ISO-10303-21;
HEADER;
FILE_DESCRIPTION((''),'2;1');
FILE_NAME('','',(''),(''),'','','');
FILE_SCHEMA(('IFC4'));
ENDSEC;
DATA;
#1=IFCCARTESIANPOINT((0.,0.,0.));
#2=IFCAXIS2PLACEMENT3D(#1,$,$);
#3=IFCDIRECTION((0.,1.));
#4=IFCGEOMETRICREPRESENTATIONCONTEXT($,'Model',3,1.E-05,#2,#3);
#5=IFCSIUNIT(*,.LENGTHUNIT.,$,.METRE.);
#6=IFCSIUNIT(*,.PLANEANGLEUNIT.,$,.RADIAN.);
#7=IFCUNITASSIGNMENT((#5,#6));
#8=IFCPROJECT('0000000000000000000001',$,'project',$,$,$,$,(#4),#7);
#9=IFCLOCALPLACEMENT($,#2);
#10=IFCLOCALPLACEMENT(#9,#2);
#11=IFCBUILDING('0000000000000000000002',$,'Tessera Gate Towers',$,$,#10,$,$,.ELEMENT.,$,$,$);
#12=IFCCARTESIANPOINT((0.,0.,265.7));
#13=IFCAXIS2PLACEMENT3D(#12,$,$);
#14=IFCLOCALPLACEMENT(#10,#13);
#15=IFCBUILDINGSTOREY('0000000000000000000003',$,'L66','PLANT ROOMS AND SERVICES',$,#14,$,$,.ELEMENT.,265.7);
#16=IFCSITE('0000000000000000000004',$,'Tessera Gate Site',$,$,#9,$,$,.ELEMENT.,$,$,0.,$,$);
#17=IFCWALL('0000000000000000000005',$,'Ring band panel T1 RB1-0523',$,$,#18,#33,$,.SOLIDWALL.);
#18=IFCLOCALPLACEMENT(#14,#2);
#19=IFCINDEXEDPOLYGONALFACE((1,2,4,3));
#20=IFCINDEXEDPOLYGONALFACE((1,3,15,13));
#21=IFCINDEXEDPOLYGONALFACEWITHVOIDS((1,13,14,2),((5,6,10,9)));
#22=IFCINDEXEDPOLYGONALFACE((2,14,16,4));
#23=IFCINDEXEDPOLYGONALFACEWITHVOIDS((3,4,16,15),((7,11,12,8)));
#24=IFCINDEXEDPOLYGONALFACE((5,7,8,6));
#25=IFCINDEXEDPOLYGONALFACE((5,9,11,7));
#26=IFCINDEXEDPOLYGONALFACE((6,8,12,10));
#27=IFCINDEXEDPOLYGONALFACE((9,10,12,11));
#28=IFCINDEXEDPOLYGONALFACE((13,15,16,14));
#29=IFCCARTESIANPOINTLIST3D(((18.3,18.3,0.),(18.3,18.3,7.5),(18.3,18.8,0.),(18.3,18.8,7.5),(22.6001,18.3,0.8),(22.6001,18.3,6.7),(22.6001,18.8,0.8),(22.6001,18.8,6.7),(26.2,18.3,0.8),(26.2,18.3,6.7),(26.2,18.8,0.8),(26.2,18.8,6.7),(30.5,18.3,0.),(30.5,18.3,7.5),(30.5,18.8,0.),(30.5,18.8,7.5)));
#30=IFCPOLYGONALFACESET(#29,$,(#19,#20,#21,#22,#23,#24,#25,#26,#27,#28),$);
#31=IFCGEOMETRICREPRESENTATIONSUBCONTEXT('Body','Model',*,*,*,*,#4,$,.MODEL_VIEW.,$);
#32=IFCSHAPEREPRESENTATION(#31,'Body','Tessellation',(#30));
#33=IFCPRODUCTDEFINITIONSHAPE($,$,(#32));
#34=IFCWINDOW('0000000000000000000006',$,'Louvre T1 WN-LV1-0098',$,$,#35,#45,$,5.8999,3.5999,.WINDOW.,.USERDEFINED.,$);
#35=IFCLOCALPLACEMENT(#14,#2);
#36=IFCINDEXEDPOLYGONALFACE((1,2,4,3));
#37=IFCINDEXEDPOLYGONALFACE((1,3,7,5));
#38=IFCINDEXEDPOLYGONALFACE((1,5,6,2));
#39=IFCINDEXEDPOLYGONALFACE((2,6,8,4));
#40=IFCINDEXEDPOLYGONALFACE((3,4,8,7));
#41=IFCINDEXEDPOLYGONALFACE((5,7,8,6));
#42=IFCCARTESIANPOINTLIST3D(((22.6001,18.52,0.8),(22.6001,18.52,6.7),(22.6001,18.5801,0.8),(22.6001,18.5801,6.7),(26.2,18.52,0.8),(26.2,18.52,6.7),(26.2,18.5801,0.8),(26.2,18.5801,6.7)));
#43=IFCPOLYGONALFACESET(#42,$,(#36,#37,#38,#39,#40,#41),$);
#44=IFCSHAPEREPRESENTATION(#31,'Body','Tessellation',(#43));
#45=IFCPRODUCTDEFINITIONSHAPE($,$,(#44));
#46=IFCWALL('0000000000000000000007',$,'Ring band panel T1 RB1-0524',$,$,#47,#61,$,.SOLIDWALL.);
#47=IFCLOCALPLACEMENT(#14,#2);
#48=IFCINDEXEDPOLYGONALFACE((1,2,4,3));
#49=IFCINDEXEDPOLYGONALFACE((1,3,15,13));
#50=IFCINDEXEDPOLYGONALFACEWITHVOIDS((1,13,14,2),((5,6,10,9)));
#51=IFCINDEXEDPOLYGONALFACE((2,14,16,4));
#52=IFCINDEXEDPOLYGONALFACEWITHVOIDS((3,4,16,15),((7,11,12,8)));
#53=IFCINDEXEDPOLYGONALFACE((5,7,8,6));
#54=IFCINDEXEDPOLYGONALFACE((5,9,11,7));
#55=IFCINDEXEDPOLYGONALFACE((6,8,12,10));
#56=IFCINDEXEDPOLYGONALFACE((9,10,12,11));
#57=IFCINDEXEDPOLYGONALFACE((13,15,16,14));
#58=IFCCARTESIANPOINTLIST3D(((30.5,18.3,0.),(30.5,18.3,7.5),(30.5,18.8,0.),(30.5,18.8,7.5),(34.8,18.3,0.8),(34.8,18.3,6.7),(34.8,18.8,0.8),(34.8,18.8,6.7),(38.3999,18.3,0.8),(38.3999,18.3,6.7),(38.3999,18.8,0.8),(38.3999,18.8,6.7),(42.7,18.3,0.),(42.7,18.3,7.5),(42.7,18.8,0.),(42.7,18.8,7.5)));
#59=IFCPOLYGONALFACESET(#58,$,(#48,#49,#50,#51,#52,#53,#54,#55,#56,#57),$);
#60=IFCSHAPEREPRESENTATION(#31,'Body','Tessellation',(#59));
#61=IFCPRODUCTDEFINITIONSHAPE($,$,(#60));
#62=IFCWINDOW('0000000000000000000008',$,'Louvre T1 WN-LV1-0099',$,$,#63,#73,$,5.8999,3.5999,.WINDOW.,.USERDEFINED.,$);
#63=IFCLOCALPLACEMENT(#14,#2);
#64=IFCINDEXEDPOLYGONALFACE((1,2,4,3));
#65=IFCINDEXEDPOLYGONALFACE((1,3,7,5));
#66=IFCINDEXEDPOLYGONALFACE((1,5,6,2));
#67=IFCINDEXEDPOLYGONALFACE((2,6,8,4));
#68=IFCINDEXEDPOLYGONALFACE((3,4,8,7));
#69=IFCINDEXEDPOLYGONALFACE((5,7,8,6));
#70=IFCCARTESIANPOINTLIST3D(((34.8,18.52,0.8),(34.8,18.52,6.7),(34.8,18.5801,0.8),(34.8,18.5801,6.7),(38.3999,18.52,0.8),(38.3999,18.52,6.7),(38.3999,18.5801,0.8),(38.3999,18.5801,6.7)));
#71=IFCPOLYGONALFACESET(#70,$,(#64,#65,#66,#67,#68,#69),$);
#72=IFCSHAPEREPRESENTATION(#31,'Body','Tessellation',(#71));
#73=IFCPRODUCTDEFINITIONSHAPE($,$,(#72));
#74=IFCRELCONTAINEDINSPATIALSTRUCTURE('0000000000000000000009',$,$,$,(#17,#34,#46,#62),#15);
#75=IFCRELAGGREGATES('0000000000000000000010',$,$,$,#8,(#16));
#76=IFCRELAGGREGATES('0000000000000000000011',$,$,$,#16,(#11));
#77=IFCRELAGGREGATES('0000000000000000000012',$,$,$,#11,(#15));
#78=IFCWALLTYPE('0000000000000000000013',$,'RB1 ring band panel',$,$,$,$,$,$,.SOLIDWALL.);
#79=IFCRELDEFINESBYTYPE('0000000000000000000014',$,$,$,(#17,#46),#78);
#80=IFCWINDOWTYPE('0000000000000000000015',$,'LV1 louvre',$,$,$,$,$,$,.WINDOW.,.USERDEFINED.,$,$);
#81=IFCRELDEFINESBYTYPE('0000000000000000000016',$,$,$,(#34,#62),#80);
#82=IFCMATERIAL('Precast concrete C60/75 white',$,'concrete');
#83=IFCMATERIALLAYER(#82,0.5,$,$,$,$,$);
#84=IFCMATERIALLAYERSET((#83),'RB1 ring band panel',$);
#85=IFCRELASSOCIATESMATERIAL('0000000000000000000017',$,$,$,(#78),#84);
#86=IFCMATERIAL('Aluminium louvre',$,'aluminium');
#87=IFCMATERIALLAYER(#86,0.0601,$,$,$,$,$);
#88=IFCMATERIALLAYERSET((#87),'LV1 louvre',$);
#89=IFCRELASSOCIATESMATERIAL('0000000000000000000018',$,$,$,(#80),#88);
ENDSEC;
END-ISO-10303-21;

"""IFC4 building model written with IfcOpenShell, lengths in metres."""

from ifc_helpers import new_model, si_unit, direction, frame, origin, place, context, subcontext, project, spatial, polyline, outline, extrude, source, transform, mapped, material, layer, layer_set, type_object, element, fill, save


model = new_model("IFC4")

# Units and contexts
model_context = context("Model", 3, precision=1e-05, world=origin(), true_north=direction((0.0, 1.0)))
body_context = subcontext(model_context, "Body", "Model", "MODEL_VIEW")
ifc_project = project(units=[si_unit("LENGTHUNIT", "METRE"), si_unit("PLANEANGLEUNIT", "RADIAN")], contexts=[model_context])

# Site, building, storey
site_placement = place(None, origin())
site = spatial("IfcSite", under=ifc_project, at=site_placement, Name="Tessera Gate Site", CompositionType="ELEMENT", RefElevation=0.0)
building_placement = place(site_placement, origin())
building = spatial("IfcBuilding", under=site, at=building_placement, Name="Tessera Gate Towers", CompositionType="ELEMENT")
storey_placement = place(building_placement, frame((0.0, 0.0, 265.7)))
storey = spatial("IfcBuildingStorey", under=building, at=storey_placement, Name="L66", Description="PLANT ROOMS AND SERVICES", CompositionType="ELEMENT", Elevation=265.7)

# Walls, openings, windows
ifc_material_1 = material(Name="Precast concrete C60/75 white", Category="concrete")
ifc_layer_1 = layer(ifc_material_1, 0.5)
ifc_layer_set_1 = layer_set([ifc_layer_1], Name="RB1 ring band panel")
wall_type_1 = type_object("IfcWallType", Name="RB1 ring band panel", PredefinedType="SOLIDWALL", material=ifc_layer_set_1)
shared_shape_1 = source(origin(), body_context, "Body", "SweptSolid", [
    extrude(outline(polyline([(0.0, 0.0), (12.2, 0.0), (12.2, 7.5), (0.0, 7.5), (0.0, 0.0)])), frame((0.0, 0.25, 0.0), z_axis=(0.0, -1.0, 0.0), x_axis=(1.0, 0.0, 0.0)), (0.0, 0.0, 1.0), 0.5),
])
wall_1_placement = place(storey_placement, frame((18.3, 18.55, 0.0), z_axis=(0.0, 0.0, 1.0), x_axis=(1.0, 0.0, 0.0)))
wall_1 = element("IfcWall", 1, at=wall_1_placement, inside=storey, type_object=wall_type_1, Name="Ring band panel T1 RB1-0523", PredefinedType="SOLIDWALL", context=body_context, shape_type="MappedRepresentation", body=[
    mapped(shared_shape_1, transform((0.0, 0.0, 0.0), scale=1.0)),
])
shared_shape_2 = source(origin(), body_context, "Body", "SweptSolid", [
    extrude(outline(polyline([(4.3, 0.8), (7.8999, 0.8), (7.8999, 6.7), (4.3, 6.7), (4.3, 0.8)])), frame((0.0, 0.26, 0.0), z_axis=(0.0, -1.0, 0.0), x_axis=(1.0, 0.0, 0.0)), (0.0, 0.0, 1.0), 0.52),
])
opening_1_placement = place(wall_1_placement, origin())
opening_1 = element("IfcOpeningElement", 2, at=opening_1_placement, cuts=wall_1, PredefinedType="OPENING", context=body_context, shape_type="MappedRepresentation", body=[
    mapped(shared_shape_2, transform((0.0, 0.0, 0.0), scale=1.0)),
])
ifc_material_2 = material(Name="Aluminium louvre", Category="aluminium")
ifc_layer_2 = layer(ifc_material_2, 0.0601)
ifc_layer_set_2 = layer_set([ifc_layer_2], Name="LV1 louvre")
window_type = type_object("IfcWindowType", Name="LV1 louvre", PartitioningType="USERDEFINED", PredefinedType="WINDOW", material=ifc_layer_set_2)
shared_shape_3 = source(origin(), body_context, "Body", "SweptSolid", [
    extrude(outline(polyline([(4.3, 0.8), (7.8999, 0.8), (7.8999, 6.7), (4.3, 6.7), (4.3, 0.8)])), frame((0.0, 0.03, 0.0), z_axis=(0.0, -1.0, 0.0), x_axis=(1.0, 0.0, 0.0)), (0.0, 0.0, 1.0), 0.0601),
])
window_1_placement = place(opening_1_placement, origin())
window_1 = element("IfcWindow", 3, at=window_1_placement, inside=storey, type_object=window_type, Name="Louvre T1 WN-LV1-0098", OverallHeight=5.8999, OverallWidth=3.5999, PartitioningType="USERDEFINED", PredefinedType="WINDOW", context=body_context, shape_type="MappedRepresentation", body=[
    mapped(shared_shape_3, transform((0.0, 0.0, 0.0), scale=1.0)),
])
fill(opening_1, window_1)
wall_2_placement = place(storey_placement, frame((30.5, 18.55, 0.0), z_axis=(0.0, 0.0, 1.0), x_axis=(1.0, 0.0, 0.0)))
wall_2 = element("IfcWall", 4, at=wall_2_placement, inside=storey, type_object=wall_type_1, Name="Ring band panel T1 RB1-0524", PredefinedType="SOLIDWALL", context=body_context, shape_type="MappedRepresentation", body=[
    mapped(shared_shape_1, transform((0.0, 0.0, 0.0), scale=1.0)),
])
opening_2_placement = place(wall_2_placement, origin())
opening_2 = element("IfcOpeningElement", 5, at=opening_2_placement, cuts=wall_2, PredefinedType="OPENING", context=body_context, shape_type="MappedRepresentation", body=[
    mapped(shared_shape_2, transform((0.0, 0.0, 0.0), scale=1.0)),
])
window_2_placement = place(opening_2_placement, origin())
window_2 = element("IfcWindow", 6, at=window_2_placement, inside=storey, type_object=window_type, Name="Louvre T1 WN-LV1-0099", OverallHeight=5.8999, OverallWidth=3.5999, PartitioningType="USERDEFINED", PredefinedType="WINDOW", context=body_context, shape_type="MappedRepresentation", body=[
    mapped(shared_shape_3, transform((0.0, 0.0, 0.0), scale=1.0)),
])
fill(opening_2, window_2)

save(model, "model.ifc")
